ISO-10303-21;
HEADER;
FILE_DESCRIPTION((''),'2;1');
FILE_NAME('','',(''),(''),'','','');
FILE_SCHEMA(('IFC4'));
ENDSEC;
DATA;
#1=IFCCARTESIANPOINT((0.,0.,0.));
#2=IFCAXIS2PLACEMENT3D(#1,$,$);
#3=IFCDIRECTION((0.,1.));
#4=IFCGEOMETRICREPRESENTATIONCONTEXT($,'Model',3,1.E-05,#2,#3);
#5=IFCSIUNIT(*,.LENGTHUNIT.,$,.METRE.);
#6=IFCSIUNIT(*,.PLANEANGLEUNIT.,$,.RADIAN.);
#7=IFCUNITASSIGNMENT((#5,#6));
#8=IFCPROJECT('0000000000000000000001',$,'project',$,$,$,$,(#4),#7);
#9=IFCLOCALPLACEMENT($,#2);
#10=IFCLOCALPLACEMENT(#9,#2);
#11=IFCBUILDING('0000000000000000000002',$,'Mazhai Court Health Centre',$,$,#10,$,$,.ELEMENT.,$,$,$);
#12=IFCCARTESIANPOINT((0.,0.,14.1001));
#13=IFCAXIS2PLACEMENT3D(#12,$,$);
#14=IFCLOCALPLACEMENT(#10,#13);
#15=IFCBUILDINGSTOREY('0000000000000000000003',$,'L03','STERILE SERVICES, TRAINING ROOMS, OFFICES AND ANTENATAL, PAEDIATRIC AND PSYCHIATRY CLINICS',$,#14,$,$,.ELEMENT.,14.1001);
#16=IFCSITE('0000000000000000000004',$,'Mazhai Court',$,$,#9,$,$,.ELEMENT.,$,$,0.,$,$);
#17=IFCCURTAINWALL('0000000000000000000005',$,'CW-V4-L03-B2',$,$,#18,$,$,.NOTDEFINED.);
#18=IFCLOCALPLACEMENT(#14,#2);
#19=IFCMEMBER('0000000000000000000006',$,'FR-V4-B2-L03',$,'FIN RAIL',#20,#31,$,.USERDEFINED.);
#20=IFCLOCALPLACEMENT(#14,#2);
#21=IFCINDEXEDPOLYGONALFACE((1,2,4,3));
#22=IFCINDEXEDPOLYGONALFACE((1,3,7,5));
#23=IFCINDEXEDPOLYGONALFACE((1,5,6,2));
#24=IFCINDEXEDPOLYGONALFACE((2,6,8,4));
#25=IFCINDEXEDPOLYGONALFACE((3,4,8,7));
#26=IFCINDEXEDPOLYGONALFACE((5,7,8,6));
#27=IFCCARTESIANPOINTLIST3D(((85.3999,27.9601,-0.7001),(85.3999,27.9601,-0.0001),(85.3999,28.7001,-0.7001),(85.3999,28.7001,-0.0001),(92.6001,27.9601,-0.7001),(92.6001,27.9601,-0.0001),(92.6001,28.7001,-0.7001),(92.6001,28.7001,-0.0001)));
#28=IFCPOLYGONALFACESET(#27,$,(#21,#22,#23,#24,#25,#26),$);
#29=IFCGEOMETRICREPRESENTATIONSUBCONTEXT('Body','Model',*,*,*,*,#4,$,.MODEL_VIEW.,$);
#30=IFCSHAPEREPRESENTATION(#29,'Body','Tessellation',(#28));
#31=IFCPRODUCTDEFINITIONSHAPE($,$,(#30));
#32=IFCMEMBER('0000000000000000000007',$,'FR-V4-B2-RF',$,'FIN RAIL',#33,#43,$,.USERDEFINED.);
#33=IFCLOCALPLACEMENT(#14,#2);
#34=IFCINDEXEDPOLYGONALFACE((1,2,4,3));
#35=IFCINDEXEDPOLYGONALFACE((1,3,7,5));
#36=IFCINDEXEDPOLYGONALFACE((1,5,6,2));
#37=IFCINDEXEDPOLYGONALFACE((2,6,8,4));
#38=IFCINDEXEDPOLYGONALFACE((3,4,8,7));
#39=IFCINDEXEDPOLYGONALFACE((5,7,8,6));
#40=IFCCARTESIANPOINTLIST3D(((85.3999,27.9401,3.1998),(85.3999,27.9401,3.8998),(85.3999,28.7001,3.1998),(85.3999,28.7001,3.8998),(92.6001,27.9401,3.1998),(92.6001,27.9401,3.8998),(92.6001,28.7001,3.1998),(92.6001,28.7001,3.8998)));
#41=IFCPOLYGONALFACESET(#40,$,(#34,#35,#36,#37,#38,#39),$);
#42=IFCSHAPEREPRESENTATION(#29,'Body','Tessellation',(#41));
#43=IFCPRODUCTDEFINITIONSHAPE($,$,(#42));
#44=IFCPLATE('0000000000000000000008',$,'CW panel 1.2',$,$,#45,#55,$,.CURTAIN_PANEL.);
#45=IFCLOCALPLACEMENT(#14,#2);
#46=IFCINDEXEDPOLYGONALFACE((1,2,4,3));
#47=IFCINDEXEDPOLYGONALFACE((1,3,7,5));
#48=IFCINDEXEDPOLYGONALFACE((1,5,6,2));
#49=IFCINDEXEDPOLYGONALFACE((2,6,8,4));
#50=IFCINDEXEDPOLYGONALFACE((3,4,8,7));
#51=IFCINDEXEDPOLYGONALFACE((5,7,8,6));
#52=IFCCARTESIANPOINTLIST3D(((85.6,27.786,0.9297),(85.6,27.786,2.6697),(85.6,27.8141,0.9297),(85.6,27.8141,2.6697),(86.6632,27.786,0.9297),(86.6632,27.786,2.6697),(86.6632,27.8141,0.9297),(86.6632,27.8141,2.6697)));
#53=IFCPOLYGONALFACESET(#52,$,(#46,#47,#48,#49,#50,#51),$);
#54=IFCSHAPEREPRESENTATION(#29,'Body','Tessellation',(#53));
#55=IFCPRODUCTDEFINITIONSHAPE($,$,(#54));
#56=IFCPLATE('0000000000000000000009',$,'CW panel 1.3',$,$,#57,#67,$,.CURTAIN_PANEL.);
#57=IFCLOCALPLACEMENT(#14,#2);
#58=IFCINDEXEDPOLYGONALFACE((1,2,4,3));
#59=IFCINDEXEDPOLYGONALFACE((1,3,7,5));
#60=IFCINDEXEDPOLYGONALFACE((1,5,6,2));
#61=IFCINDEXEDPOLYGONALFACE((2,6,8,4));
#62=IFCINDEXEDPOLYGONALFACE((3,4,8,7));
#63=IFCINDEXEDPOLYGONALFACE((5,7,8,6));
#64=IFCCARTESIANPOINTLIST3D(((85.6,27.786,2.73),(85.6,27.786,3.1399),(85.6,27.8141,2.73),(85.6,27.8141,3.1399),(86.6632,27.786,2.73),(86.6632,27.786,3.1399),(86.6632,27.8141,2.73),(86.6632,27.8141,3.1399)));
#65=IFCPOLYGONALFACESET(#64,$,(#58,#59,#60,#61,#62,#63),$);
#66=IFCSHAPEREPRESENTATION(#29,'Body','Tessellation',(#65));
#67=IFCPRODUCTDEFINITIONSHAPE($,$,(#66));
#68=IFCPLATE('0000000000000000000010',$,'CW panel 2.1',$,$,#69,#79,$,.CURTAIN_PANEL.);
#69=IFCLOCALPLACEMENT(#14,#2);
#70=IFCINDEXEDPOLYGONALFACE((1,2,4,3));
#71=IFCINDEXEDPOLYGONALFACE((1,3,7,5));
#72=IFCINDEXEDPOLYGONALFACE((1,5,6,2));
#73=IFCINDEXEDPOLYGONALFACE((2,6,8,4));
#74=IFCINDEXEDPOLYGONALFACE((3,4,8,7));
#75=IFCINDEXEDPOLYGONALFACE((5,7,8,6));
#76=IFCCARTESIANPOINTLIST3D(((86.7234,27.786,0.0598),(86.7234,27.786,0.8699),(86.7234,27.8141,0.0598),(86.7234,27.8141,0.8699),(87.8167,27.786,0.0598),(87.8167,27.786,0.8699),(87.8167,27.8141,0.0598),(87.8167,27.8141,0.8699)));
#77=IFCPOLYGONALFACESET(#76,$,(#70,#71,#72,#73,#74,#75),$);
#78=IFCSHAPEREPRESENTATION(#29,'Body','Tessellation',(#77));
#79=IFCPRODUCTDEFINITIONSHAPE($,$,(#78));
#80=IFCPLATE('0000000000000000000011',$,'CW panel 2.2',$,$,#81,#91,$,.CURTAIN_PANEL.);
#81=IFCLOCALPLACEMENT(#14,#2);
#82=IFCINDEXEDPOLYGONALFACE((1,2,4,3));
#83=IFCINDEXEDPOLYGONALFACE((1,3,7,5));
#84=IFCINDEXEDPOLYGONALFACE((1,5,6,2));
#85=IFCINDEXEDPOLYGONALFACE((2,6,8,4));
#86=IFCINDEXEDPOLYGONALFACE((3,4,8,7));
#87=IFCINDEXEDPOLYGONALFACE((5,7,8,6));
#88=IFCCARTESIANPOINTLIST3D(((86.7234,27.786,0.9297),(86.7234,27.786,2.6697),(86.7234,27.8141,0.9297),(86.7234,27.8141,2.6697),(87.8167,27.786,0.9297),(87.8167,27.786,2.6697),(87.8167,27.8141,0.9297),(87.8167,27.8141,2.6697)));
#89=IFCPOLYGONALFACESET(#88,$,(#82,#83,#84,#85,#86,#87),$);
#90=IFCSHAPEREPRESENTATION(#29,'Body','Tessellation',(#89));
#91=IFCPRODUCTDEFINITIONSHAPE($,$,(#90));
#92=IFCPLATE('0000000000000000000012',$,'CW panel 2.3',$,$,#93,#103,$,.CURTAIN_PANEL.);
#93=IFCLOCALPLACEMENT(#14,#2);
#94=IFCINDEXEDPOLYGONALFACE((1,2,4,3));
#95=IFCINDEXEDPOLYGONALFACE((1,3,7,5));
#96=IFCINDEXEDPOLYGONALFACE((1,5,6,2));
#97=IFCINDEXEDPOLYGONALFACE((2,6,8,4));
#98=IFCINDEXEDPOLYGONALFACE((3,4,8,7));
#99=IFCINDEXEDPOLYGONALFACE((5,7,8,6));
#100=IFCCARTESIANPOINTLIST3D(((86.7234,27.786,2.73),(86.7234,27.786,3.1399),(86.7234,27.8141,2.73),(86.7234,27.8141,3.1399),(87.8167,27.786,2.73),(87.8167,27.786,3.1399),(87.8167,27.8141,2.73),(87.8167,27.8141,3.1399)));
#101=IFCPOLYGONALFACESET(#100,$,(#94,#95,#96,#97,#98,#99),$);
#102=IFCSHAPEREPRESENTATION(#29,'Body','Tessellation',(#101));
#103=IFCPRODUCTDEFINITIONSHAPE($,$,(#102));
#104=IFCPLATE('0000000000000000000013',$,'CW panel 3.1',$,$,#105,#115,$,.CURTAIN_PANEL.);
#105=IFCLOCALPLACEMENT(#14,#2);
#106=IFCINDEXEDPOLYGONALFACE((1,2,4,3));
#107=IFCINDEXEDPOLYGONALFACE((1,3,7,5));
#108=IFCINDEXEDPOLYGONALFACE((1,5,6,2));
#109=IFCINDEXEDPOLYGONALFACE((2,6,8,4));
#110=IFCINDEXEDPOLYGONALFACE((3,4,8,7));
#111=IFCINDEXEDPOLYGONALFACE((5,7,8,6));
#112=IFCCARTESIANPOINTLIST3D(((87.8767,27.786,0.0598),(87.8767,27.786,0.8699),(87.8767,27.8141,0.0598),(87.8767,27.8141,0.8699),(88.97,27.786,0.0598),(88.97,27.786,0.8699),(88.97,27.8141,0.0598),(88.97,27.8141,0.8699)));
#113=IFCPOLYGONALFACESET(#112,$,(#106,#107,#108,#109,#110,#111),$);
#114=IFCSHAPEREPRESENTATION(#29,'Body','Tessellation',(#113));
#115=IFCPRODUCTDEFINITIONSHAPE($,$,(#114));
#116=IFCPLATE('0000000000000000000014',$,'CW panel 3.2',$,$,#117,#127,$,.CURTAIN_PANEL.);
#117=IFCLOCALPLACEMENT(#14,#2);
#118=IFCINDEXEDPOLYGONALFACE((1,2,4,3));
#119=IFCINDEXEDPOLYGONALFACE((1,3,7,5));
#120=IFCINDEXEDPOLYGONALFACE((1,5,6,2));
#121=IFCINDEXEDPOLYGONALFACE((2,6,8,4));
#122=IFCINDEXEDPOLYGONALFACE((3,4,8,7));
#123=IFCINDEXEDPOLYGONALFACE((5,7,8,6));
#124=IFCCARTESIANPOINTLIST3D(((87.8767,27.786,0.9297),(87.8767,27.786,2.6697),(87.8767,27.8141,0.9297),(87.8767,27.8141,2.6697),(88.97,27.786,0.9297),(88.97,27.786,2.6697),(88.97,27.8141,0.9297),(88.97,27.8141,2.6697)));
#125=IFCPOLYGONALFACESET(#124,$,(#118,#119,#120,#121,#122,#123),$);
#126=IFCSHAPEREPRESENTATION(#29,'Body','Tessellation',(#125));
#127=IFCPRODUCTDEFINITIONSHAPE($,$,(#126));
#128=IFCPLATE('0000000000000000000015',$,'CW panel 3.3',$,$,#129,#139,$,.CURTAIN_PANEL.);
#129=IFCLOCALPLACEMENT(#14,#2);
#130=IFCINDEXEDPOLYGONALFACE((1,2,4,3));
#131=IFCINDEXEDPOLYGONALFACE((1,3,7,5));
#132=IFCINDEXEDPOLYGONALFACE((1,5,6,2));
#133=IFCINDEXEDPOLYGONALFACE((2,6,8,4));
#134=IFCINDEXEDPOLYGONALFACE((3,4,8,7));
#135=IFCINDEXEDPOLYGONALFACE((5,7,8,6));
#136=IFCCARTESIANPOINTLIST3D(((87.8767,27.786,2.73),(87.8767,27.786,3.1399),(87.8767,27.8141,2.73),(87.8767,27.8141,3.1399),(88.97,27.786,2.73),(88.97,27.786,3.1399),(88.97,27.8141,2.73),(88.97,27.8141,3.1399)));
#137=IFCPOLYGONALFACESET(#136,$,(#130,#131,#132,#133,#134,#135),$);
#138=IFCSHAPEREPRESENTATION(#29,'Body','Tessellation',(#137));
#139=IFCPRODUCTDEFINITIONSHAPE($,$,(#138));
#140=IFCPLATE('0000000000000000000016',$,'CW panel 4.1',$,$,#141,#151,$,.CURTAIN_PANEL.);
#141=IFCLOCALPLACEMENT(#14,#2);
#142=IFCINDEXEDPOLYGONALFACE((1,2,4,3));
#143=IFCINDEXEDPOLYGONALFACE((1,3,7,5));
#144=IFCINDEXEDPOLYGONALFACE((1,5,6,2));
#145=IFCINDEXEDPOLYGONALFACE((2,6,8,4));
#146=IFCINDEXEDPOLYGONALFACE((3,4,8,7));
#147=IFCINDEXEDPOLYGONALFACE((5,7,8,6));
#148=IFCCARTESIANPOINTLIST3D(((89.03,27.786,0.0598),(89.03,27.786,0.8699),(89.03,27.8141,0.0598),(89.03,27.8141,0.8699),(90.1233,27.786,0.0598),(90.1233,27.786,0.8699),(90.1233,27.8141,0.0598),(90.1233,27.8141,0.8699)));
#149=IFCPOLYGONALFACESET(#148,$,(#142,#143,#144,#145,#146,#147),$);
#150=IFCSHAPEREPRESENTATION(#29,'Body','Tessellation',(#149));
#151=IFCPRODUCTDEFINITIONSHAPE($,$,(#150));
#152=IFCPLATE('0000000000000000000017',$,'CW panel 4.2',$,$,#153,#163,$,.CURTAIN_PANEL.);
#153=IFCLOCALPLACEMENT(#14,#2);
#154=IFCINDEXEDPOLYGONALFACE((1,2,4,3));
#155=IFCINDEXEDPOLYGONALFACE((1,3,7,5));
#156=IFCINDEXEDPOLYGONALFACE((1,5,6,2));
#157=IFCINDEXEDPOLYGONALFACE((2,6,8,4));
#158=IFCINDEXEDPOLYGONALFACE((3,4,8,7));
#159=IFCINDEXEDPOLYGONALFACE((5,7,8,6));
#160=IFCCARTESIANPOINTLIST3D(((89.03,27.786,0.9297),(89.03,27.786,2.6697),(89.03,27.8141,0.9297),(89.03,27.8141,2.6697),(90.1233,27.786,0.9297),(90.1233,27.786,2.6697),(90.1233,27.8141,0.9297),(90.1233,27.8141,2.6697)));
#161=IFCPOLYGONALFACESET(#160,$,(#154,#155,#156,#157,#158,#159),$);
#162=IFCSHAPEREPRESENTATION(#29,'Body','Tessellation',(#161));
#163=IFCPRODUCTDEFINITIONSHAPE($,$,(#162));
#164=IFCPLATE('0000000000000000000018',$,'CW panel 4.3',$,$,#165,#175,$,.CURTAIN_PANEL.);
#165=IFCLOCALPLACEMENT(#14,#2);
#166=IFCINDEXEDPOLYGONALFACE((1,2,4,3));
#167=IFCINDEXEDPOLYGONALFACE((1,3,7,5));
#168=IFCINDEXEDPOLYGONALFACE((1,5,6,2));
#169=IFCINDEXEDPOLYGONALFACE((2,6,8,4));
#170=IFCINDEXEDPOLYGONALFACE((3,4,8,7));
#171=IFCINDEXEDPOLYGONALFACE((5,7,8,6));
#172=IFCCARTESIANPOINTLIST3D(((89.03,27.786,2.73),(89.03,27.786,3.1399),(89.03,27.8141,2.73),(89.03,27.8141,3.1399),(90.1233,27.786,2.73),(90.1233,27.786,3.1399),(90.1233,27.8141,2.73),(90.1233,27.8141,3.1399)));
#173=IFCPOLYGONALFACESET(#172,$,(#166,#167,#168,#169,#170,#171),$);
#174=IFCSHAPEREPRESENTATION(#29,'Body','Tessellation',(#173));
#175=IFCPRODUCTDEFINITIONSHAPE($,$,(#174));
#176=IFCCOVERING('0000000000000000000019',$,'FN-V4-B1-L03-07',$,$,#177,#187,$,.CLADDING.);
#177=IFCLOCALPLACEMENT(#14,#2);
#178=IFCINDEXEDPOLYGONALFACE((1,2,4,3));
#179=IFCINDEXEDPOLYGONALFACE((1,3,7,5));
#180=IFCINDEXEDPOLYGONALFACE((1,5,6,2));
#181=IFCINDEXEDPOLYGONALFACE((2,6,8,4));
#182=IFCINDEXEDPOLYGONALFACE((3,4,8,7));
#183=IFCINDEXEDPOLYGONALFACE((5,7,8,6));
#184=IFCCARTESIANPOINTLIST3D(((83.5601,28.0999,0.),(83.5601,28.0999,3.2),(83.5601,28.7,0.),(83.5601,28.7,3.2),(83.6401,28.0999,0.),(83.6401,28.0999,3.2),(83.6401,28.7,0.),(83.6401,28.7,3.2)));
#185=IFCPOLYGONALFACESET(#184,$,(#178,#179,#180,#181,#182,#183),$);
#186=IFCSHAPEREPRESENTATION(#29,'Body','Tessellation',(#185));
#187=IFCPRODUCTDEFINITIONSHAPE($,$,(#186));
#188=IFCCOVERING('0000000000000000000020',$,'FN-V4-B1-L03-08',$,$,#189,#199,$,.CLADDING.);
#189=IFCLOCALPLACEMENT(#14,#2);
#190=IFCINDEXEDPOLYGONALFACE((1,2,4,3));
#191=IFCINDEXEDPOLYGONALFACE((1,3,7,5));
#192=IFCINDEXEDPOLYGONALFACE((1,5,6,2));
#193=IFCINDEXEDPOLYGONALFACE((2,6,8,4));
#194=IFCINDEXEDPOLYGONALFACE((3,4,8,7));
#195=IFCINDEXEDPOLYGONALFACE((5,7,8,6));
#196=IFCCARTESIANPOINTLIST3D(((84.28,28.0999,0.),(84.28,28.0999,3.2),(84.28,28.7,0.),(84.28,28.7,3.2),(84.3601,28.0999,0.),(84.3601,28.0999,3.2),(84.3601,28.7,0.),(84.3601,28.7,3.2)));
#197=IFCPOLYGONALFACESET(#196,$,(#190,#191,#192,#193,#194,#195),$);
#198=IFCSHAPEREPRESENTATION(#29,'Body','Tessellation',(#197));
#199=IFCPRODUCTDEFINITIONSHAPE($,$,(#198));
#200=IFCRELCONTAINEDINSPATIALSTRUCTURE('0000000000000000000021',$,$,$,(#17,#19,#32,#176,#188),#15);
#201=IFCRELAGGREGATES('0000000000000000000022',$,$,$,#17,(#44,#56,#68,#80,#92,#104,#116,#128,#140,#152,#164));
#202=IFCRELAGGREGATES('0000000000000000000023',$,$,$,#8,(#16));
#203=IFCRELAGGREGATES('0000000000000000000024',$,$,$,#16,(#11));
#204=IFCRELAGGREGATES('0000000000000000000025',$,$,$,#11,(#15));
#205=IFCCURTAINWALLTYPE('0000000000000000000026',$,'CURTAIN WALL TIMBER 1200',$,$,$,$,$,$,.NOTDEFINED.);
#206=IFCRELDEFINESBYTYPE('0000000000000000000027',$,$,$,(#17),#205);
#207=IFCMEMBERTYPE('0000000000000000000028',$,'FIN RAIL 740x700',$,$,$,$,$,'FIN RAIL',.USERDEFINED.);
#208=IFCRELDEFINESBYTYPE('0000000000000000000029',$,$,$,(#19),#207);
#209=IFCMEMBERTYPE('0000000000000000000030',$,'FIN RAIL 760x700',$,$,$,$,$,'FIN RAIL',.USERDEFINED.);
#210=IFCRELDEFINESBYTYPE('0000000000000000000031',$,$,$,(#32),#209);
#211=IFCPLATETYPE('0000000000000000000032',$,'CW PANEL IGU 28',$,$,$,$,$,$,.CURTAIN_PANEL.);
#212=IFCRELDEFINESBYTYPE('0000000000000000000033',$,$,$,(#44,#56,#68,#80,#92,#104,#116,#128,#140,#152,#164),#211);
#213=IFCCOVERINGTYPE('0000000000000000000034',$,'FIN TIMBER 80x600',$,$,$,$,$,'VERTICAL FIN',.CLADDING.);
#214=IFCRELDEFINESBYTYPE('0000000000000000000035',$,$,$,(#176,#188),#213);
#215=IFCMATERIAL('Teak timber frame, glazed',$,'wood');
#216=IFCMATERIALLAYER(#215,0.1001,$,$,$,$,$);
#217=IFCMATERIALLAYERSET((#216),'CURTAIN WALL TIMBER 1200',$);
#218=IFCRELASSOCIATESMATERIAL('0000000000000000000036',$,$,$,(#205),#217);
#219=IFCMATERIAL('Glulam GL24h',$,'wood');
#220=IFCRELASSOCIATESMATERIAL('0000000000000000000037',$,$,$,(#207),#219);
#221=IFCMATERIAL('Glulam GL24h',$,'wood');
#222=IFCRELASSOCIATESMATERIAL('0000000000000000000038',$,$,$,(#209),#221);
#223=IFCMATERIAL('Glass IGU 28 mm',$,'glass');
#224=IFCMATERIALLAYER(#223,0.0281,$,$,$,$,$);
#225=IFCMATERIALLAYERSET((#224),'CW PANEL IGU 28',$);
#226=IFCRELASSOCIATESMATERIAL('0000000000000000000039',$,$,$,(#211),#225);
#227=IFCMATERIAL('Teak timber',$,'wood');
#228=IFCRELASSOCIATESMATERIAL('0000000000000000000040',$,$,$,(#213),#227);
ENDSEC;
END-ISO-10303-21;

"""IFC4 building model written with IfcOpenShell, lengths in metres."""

from ifc_helpers import new_model, si_unit, direction, frame, origin, origin_2d, place, context, subcontext, project, spatial, rectangle, extrude, material, layer, layer_set, material_profile, profile_set, type_object, element, aggregate, save


model = new_model("IFC4")

# Units and contexts
model_context = context("Model", 3, precision=1e-05, world=origin(), true_north=direction((0.0, 1.0)))
body_context = subcontext(model_context, "Body", "Model", "MODEL_VIEW")
ifc_project = project(units=[si_unit("LENGTHUNIT", "METRE"), si_unit("PLANEANGLEUNIT", "RADIAN")], contexts=[model_context])

# Site, building, storey
site_placement = place(None, origin())
site = spatial("IfcSite", under=ifc_project, at=site_placement, Name="Mazhai Court", CompositionType="ELEMENT", RefElevation=0.0)
building_placement = place(site_placement, origin())
building = spatial("IfcBuilding", under=site, at=building_placement, Name="Mazhai Court Health Centre", CompositionType="ELEMENT")
storey_placement = place(building_placement, frame((0.0, 0.0, 14.1001)))
storey = spatial("IfcBuildingStorey", under=building, at=storey_placement, Name="L03", Description="STERILE SERVICES, TRAINING ROOMS, OFFICES AND ANTENATAL, PAEDIATRIC AND PSYCHIATRY CLINICS", CompositionType="ELEMENT", Elevation=14.1001)

# Curtain wall
ifc_material_1 = material(Name="Teak timber frame, glazed", Category="wood")
ifc_layer_1 = layer(ifc_material_1, 0.1001)
ifc_layer_set_1 = layer_set([ifc_layer_1], Name="CURTAIN WALL TIMBER 1200")
curtain_wall_type = type_object("IfcCurtainWallType", Name="CURTAIN WALL TIMBER 1200", PredefinedType="NOTDEFINED", material=ifc_layer_set_1)
curtain_wall_placement = place(storey_placement, origin())
curtain_wall = element("IfcCurtainWall", 1, at=curtain_wall_placement, inside=storey, type_object=curtain_wall_type, Name="CW-V4-L03-B2", PredefinedType="NOTDEFINED")

# Members
ifc_material_2 = material(Name="Glulam GL24h", Category="wood")
ifc_material_profile_1 = material_profile(ifc_material_2, rectangle(XDim=0.74, YDim=0.7, at=origin_2d()), Name="FIN RAIL 740x700")
ifc_profile_set_1 = profile_set([ifc_material_profile_1], Name="Glulam GL24h")
member_type_1 = type_object("IfcMemberType", Name="FIN RAIL 740x700", ElementType="FIN RAIL", PredefinedType="USERDEFINED", material=ifc_profile_set_1)
member_1_placement = place(storey_placement, frame((85.3999, 28.3301, -0.3501), z_axis=(1.0, 0.0, 0.0), x_axis=(0.0, 1.0, 0.0)))
element("IfcMember", 2, at=member_1_placement, inside=storey, type_object=member_type_1, Name="FR-V4-B2-L03", ObjectType="FIN RAIL", PredefinedType="USERDEFINED", context=body_context, shape_type="SweptSolid", body=[
    extrude(rectangle(XDim=0.74, YDim=0.7, at=origin_2d()), origin(), (0.0, 0.0, 1.0), 7.2002),
])
ifc_material_3 = material(Name="Glulam GL24h", Category="wood")
ifc_material_profile_2 = material_profile(ifc_material_3, rectangle(XDim=0.76, YDim=0.7, at=origin_2d()), Name="FIN RAIL 760x700")
ifc_profile_set_2 = profile_set([ifc_material_profile_2], Name="Glulam GL24h")
member_type_2 = type_object("IfcMemberType", Name="FIN RAIL 760x700", ElementType="FIN RAIL", PredefinedType="USERDEFINED", material=ifc_profile_set_2)
member_2_placement = place(storey_placement, frame((85.3999, 28.3201, 3.5498), z_axis=(1.0, 0.0, 0.0), x_axis=(0.0, 1.0, 0.0)))
element("IfcMember", 3, at=member_2_placement, inside=storey, type_object=member_type_2, Name="FR-V4-B2-RF", ObjectType="FIN RAIL", PredefinedType="USERDEFINED", context=body_context, shape_type="SweptSolid", body=[
    extrude(rectangle(XDim=0.76, YDim=0.7, at=origin_2d()), origin(), (0.0, 0.0, 1.0), 7.2002),
])

# Plates
ifc_material_4 = material(Name="Glass IGU 28 mm", Category="glass")
ifc_layer_2 = layer(ifc_material_4, 0.0281)
ifc_layer_set_2 = layer_set([ifc_layer_2], Name="CW PANEL IGU 28")
plate_type = type_object("IfcPlateType", Name="CW PANEL IGU 28", PredefinedType="CURTAIN_PANEL", material=ifc_layer_set_2)
plate_1_placement = place(storey_placement, frame((86.1316, 27.8, 0.9297), z_axis=(0.0, 0.0, 1.0), x_axis=(1.0, 0.0, 0.0)))
plate_1 = element("IfcPlate", 4, at=plate_1_placement, type_object=plate_type, Name="CW panel 1.2", PredefinedType="CURTAIN_PANEL", context=body_context, shape_type="SweptSolid", body=[
    extrude(rectangle(XDim=1.0632, YDim=0.0281, at=origin_2d()), origin(), (0.0, 0.0, 1.0), 1.74),
])
plate_2_placement = place(storey_placement, frame((86.1316, 27.8, 2.73), z_axis=(0.0, 0.0, 1.0), x_axis=(1.0, 0.0, 0.0)))
plate_2 = element("IfcPlate", 5, at=plate_2_placement, type_object=plate_type, Name="CW panel 1.3", PredefinedType="CURTAIN_PANEL", context=body_context, shape_type="SweptSolid", body=[
    extrude(rectangle(XDim=1.0632, YDim=0.0281, at=origin_2d()), origin(), (0.0, 0.0, 1.0), 0.4099),
])
plate_3_placement = place(storey_placement, frame((87.27, 27.8, 0.0598), z_axis=(0.0, 0.0, 1.0), x_axis=(1.0, 0.0, 0.0)))
plate_3 = element("IfcPlate", 6, at=plate_3_placement, type_object=plate_type, Name="CW panel 2.1", PredefinedType="CURTAIN_PANEL", context=body_context, shape_type="SweptSolid", body=[
    extrude(rectangle(XDim=1.0933, YDim=0.0281, at=origin_2d()), origin(), (0.0, 0.0, 1.0), 0.8101),
])
plate_4_placement = place(storey_placement, frame((87.27, 27.8, 0.9297), z_axis=(0.0, 0.0, 1.0), x_axis=(1.0, 0.0, 0.0)))
plate_4 = element("IfcPlate", 7, at=plate_4_placement, type_object=plate_type, Name="CW panel 2.2", PredefinedType="CURTAIN_PANEL", context=body_context, shape_type="SweptSolid", body=[
    extrude(rectangle(XDim=1.0933, YDim=0.0281, at=origin_2d()), origin(), (0.0, 0.0, 1.0), 1.74),
])
plate_5_placement = place(storey_placement, frame((87.27, 27.8, 2.73), z_axis=(0.0, 0.0, 1.0), x_axis=(1.0, 0.0, 0.0)))
plate_5 = element("IfcPlate", 8, at=plate_5_placement, type_object=plate_type, Name="CW panel 2.3", PredefinedType="CURTAIN_PANEL", context=body_context, shape_type="SweptSolid", body=[
    extrude(rectangle(XDim=1.0933, YDim=0.0281, at=origin_2d()), origin(), (0.0, 0.0, 1.0), 0.4099),
])
plate_6_placement = place(storey_placement, frame((88.4233, 27.8, 0.0598), z_axis=(0.0, 0.0, 1.0), x_axis=(1.0, 0.0, 0.0)))
plate_6 = element("IfcPlate", 9, at=plate_6_placement, type_object=plate_type, Name="CW panel 3.1", PredefinedType="CURTAIN_PANEL", context=body_context, shape_type="SweptSolid", body=[
    extrude(rectangle(XDim=1.0933, YDim=0.0281, at=origin_2d()), origin(), (0.0, 0.0, 1.0), 0.8101),
])
plate_7_placement = place(storey_placement, frame((88.4233, 27.8, 0.9297), z_axis=(0.0, 0.0, 1.0), x_axis=(1.0, 0.0, 0.0)))
plate_7 = element("IfcPlate", 10, at=plate_7_placement, type_object=plate_type, Name="CW panel 3.2", PredefinedType="CURTAIN_PANEL", context=body_context, shape_type="SweptSolid", body=[
    extrude(rectangle(XDim=1.0933, YDim=0.0281, at=origin_2d()), origin(), (0.0, 0.0, 1.0), 1.74),
])
plate_8_placement = place(storey_placement, frame((88.4233, 27.8, 2.73), z_axis=(0.0, 0.0, 1.0), x_axis=(1.0, 0.0, 0.0)))
plate_8 = element("IfcPlate", 11, at=plate_8_placement, type_object=plate_type, Name="CW panel 3.3", PredefinedType="CURTAIN_PANEL", context=body_context, shape_type="SweptSolid", body=[
    extrude(rectangle(XDim=1.0933, YDim=0.0281, at=origin_2d()), origin(), (0.0, 0.0, 1.0), 0.4099),
])
plate_9_placement = place(storey_placement, frame((89.5767, 27.8, 0.0598), z_axis=(0.0, 0.0, 1.0), x_axis=(1.0, 0.0, 0.0)))
plate_9 = element("IfcPlate", 12, at=plate_9_placement, type_object=plate_type, Name="CW panel 4.1", PredefinedType="CURTAIN_PANEL", context=body_context, shape_type="SweptSolid", body=[
    extrude(rectangle(XDim=1.0933, YDim=0.0281, at=origin_2d()), origin(), (0.0, 0.0, 1.0), 0.8101),
])
plate_10_placement = place(storey_placement, frame((89.5767, 27.8, 0.9297), z_axis=(0.0, 0.0, 1.0), x_axis=(1.0, 0.0, 0.0)))
plate_10 = element("IfcPlate", 13, at=plate_10_placement, type_object=plate_type, Name="CW panel 4.2", PredefinedType="CURTAIN_PANEL", context=body_context, shape_type="SweptSolid", body=[
    extrude(rectangle(XDim=1.0933, YDim=0.0281, at=origin_2d()), origin(), (0.0, 0.0, 1.0), 1.74),
])
plate_11_placement = place(storey_placement, frame((89.5767, 27.8, 2.73), z_axis=(0.0, 0.0, 1.0), x_axis=(1.0, 0.0, 0.0)))
plate_11 = element("IfcPlate", 14, at=plate_11_placement, type_object=plate_type, Name="CW panel 4.3", PredefinedType="CURTAIN_PANEL", context=body_context, shape_type="SweptSolid", body=[
    extrude(rectangle(XDim=1.0933, YDim=0.0281, at=origin_2d()), origin(), (0.0, 0.0, 1.0), 0.4099),
])
aggregate(curtain_wall, [plate_1, plate_2, plate_3, plate_4, plate_5, plate_6, plate_7, plate_8, plate_9, plate_10, plate_11])

# Coverings
ifc_material_5 = material(Name="Teak timber", Category="wood")
covering_type = type_object("IfcCoveringType", Name="FIN TIMBER 80x600", ElementType="VERTICAL FIN", PredefinedType="CLADDING", material=ifc_material_5)
for number, where, z_axis, x_axis, name in (
    (15, (83.6001, 28.3999, 0.0), (0.0, 0.0, 1.0), (1.0, 0.0, 0.0), "FN-V4-B1-L03-07"),
    (16, (84.3201, 28.3999, 0.0), (0.0, 0.0, 1.0), (1.0, 0.0, 0.0), "FN-V4-B1-L03-08"),
):
    element("IfcCovering", number, at=place(storey_placement, frame(where, z_axis=z_axis, x_axis=x_axis)), inside=storey, type_object=covering_type, Name=name, PredefinedType="CLADDING", context=body_context, shape_type="SweptSolid", body=[
        extrude(rectangle(XDim=0.0801, YDim=0.6001, at=origin_2d()), origin(), (0.0, 0.0, 1.0), 3.2),
    ])

save(model, "model.ifc")
